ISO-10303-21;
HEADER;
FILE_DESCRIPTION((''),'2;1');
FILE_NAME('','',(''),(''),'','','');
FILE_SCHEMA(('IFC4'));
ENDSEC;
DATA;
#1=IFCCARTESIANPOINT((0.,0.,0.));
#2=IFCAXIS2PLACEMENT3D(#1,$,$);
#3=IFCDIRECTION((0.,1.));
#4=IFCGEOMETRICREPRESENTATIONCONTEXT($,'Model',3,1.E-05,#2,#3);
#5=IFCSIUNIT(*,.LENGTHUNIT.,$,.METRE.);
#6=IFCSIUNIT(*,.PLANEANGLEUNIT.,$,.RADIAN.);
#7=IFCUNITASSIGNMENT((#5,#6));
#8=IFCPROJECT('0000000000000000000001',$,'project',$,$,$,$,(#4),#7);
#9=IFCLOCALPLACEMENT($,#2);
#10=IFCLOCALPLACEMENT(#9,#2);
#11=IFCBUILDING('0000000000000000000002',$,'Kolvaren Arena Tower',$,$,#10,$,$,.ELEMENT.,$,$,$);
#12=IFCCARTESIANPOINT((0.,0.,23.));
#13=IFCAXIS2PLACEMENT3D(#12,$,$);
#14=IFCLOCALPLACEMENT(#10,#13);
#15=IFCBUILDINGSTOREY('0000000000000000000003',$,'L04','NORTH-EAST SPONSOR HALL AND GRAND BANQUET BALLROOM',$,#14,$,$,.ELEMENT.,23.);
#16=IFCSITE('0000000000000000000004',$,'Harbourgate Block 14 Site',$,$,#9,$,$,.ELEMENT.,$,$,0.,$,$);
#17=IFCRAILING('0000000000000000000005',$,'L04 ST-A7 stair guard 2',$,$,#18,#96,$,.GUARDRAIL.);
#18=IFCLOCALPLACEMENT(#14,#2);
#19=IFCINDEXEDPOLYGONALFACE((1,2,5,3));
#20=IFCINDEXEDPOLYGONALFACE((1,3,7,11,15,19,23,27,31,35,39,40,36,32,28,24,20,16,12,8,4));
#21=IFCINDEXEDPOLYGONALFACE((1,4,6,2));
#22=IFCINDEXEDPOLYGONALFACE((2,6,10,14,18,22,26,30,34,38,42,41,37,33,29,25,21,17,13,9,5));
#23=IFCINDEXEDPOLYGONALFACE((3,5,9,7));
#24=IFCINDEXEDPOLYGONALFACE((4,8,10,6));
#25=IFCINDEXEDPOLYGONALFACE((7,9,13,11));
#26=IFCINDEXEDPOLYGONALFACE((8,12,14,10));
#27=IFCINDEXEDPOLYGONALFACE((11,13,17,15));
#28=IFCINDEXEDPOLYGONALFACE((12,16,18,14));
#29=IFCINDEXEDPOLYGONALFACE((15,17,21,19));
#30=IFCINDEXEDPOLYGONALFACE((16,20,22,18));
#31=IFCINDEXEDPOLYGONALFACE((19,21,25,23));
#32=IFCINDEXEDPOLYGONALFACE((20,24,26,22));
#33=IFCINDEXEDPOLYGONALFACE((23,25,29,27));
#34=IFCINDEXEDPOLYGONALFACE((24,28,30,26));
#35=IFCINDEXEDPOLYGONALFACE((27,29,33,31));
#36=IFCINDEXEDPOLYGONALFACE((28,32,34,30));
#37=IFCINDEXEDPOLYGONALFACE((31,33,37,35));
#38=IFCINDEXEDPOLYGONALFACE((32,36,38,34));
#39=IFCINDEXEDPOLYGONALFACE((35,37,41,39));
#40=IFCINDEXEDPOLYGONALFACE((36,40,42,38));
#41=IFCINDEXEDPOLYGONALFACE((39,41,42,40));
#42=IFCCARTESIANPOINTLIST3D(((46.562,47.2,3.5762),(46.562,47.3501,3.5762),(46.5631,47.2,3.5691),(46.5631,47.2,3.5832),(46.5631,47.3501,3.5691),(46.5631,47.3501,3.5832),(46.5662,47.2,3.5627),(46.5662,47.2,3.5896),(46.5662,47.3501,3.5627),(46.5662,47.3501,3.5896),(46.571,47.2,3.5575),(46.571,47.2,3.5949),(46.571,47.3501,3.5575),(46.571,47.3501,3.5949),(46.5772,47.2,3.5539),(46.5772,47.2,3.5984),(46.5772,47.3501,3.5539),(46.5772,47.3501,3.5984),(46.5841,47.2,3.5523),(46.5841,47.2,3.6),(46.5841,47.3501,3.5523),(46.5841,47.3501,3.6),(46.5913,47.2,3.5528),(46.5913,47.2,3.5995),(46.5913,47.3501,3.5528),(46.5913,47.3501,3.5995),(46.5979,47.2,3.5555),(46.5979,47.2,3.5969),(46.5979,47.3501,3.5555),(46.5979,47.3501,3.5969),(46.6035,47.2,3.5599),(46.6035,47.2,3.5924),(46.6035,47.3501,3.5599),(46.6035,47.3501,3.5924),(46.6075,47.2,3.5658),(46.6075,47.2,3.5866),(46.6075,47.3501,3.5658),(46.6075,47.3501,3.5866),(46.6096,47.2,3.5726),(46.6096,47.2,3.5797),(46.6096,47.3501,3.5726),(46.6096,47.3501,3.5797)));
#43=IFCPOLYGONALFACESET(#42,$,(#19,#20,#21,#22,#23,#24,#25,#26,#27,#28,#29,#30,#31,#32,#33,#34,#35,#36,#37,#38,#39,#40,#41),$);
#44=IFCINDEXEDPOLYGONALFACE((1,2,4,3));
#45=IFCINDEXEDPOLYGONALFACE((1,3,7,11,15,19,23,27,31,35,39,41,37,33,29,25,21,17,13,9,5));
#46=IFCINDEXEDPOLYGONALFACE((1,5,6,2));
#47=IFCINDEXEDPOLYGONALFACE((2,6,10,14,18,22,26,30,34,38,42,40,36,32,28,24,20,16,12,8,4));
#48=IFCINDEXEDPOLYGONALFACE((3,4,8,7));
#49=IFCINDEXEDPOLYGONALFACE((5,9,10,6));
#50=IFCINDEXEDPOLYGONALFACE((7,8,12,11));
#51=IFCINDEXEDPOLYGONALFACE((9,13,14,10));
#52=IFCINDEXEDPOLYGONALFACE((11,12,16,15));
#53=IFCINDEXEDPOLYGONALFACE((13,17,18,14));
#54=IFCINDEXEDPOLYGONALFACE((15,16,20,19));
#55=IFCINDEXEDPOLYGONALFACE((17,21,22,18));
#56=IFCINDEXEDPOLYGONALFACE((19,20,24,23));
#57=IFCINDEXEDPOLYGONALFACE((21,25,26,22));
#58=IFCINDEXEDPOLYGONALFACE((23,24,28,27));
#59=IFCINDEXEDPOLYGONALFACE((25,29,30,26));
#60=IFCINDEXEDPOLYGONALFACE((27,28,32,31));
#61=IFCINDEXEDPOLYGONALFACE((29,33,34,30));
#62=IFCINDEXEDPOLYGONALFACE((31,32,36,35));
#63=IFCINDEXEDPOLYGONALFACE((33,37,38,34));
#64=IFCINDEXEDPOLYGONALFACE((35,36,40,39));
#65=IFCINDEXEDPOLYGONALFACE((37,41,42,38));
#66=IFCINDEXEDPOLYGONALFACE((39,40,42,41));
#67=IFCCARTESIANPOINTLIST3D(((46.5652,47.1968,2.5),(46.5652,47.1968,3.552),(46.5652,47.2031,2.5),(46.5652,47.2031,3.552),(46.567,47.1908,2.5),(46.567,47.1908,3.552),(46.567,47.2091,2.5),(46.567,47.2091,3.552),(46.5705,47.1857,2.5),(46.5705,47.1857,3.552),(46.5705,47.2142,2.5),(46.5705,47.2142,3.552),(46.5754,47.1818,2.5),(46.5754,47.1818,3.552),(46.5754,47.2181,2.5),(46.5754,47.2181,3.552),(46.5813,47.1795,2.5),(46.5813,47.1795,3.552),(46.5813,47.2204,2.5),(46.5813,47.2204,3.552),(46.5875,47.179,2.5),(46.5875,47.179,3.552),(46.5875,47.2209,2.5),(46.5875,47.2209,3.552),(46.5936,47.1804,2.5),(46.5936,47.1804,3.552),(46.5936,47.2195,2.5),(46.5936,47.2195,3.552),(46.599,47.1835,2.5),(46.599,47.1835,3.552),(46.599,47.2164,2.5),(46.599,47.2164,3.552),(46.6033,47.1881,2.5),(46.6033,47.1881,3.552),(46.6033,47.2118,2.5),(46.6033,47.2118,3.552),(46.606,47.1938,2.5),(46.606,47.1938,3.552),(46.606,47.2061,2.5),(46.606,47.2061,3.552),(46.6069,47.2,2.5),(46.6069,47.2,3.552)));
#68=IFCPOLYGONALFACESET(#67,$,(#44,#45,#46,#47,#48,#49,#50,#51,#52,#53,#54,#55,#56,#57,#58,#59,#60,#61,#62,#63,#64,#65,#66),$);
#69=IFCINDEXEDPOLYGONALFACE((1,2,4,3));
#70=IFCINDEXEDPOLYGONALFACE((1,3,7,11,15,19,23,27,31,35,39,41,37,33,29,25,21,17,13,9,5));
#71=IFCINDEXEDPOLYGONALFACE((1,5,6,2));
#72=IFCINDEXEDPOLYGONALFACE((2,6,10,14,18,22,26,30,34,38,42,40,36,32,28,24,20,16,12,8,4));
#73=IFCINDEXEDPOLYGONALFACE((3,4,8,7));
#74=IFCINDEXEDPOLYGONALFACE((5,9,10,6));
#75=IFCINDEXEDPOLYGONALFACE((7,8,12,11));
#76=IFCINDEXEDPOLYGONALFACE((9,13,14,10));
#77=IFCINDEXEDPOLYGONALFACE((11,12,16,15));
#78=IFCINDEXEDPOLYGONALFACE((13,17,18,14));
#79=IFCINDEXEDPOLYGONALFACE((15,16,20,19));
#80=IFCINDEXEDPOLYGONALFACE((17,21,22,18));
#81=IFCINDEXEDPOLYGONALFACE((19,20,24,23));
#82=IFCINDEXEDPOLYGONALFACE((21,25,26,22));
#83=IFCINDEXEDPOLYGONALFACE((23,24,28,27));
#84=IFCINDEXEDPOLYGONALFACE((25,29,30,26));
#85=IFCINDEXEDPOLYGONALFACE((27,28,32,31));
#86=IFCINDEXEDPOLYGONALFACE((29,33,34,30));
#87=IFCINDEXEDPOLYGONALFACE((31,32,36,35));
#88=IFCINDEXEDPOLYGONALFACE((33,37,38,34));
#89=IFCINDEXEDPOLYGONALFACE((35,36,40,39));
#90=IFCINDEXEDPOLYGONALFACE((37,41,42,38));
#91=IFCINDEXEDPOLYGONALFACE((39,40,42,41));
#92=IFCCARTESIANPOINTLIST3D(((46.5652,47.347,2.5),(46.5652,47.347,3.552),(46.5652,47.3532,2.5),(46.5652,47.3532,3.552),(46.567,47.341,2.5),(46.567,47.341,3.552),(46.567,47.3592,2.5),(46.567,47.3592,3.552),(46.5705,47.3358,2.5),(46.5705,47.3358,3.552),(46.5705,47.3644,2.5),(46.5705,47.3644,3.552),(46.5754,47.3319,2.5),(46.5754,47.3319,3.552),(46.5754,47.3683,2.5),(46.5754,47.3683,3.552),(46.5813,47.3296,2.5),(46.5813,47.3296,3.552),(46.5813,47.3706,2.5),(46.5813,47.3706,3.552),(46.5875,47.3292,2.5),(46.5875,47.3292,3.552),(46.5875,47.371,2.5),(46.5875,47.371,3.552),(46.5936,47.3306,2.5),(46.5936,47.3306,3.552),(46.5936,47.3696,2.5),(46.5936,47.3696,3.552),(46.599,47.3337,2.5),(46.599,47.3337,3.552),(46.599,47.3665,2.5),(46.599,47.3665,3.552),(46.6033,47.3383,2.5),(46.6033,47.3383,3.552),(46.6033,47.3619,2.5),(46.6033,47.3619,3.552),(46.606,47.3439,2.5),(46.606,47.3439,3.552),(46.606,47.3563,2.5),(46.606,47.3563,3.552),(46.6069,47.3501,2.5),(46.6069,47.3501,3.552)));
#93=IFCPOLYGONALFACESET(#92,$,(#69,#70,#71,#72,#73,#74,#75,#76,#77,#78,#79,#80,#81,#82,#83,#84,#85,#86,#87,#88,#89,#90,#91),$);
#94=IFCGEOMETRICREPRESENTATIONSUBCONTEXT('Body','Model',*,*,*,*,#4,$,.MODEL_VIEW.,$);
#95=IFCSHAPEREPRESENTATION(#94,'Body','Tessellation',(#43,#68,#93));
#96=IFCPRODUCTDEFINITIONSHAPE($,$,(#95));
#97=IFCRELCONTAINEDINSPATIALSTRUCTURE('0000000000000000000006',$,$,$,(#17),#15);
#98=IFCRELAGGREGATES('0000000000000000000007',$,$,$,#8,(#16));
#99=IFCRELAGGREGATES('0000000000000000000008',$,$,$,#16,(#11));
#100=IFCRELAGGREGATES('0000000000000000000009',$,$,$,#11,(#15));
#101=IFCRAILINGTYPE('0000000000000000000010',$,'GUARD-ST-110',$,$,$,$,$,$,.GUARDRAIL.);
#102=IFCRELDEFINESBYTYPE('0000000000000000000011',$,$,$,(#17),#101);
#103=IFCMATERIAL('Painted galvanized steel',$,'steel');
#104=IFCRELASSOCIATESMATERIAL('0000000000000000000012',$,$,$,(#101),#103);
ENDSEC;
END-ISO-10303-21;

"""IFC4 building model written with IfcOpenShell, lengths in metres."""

from ifc_helpers import new_model, si_unit, direction, frame, origin, origin_2d, place, context, subcontext, project, spatial, circle, extrude, material, type_object, element, save


model = new_model("IFC4")

# Units and contexts
model_context = context("Model", 3, precision=1e-05, world=origin(), true_north=direction((0.0, 1.0)))
body_context = subcontext(model_context, "Body", "Model", "MODEL_VIEW")
ifc_project = project(units=[si_unit("LENGTHUNIT", "METRE"), si_unit("PLANEANGLEUNIT", "RADIAN")], contexts=[model_context])

# Site, building, storey
site_placement = place(None, origin())
site = spatial("IfcSite", under=ifc_project, at=site_placement, Name="Harbourgate Block 14 Site", CompositionType="ELEMENT", RefElevation=0.0)
building_placement = place(site_placement, origin())
building = spatial("IfcBuilding", under=site, at=building_placement, Name="Kolvaren Arena Tower", CompositionType="ELEMENT")
storey_placement = place(building_placement, frame((0.0, 0.0, 23.0)))
storey = spatial("IfcBuildingStorey", under=building, at=storey_placement, Name="L04", Description="NORTH-EAST SPONSOR HALL AND GRAND BANQUET BALLROOM", CompositionType="ELEMENT", Elevation=23.0)

# Railing
ifc_material_1 = material(Name="Painted galvanized steel", Category="steel")
railing_type_1 = type_object("IfcRailingType", Name="GUARD-ST-110", PredefinedType="GUARDRAIL", material=ifc_material_1)
railing_1_placement = place(storey_placement, frame((46.5859, 47.2, 2.5)))
element("IfcRailing", 1, at=railing_1_placement, inside=storey, type_object=railing_type_1, Name="L04 ST-A7 stair guard 2", PredefinedType="GUARDRAIL", context=body_context, shape_type="SweptSolid", body=[
    extrude(circle(Radius=0.0239, at=origin_2d()), frame((0.0, 0.0, 1.0762), z_axis=(0.0, 1.0, 0.0), x_axis=(-1.0, 0.0, 0.0)), (0.0, 0.0, 1.0), 0.1501),
    extrude(circle(Radius=0.021, at=origin_2d()), origin(), (0.0, 0.0, 1.0), 1.052),
    extrude(circle(Radius=0.021, at=origin_2d()), frame((0.0, 0.1501, 0.0)), (0.0, 0.0, 1.0), 1.052),
])

save(model, "model.ifc")
